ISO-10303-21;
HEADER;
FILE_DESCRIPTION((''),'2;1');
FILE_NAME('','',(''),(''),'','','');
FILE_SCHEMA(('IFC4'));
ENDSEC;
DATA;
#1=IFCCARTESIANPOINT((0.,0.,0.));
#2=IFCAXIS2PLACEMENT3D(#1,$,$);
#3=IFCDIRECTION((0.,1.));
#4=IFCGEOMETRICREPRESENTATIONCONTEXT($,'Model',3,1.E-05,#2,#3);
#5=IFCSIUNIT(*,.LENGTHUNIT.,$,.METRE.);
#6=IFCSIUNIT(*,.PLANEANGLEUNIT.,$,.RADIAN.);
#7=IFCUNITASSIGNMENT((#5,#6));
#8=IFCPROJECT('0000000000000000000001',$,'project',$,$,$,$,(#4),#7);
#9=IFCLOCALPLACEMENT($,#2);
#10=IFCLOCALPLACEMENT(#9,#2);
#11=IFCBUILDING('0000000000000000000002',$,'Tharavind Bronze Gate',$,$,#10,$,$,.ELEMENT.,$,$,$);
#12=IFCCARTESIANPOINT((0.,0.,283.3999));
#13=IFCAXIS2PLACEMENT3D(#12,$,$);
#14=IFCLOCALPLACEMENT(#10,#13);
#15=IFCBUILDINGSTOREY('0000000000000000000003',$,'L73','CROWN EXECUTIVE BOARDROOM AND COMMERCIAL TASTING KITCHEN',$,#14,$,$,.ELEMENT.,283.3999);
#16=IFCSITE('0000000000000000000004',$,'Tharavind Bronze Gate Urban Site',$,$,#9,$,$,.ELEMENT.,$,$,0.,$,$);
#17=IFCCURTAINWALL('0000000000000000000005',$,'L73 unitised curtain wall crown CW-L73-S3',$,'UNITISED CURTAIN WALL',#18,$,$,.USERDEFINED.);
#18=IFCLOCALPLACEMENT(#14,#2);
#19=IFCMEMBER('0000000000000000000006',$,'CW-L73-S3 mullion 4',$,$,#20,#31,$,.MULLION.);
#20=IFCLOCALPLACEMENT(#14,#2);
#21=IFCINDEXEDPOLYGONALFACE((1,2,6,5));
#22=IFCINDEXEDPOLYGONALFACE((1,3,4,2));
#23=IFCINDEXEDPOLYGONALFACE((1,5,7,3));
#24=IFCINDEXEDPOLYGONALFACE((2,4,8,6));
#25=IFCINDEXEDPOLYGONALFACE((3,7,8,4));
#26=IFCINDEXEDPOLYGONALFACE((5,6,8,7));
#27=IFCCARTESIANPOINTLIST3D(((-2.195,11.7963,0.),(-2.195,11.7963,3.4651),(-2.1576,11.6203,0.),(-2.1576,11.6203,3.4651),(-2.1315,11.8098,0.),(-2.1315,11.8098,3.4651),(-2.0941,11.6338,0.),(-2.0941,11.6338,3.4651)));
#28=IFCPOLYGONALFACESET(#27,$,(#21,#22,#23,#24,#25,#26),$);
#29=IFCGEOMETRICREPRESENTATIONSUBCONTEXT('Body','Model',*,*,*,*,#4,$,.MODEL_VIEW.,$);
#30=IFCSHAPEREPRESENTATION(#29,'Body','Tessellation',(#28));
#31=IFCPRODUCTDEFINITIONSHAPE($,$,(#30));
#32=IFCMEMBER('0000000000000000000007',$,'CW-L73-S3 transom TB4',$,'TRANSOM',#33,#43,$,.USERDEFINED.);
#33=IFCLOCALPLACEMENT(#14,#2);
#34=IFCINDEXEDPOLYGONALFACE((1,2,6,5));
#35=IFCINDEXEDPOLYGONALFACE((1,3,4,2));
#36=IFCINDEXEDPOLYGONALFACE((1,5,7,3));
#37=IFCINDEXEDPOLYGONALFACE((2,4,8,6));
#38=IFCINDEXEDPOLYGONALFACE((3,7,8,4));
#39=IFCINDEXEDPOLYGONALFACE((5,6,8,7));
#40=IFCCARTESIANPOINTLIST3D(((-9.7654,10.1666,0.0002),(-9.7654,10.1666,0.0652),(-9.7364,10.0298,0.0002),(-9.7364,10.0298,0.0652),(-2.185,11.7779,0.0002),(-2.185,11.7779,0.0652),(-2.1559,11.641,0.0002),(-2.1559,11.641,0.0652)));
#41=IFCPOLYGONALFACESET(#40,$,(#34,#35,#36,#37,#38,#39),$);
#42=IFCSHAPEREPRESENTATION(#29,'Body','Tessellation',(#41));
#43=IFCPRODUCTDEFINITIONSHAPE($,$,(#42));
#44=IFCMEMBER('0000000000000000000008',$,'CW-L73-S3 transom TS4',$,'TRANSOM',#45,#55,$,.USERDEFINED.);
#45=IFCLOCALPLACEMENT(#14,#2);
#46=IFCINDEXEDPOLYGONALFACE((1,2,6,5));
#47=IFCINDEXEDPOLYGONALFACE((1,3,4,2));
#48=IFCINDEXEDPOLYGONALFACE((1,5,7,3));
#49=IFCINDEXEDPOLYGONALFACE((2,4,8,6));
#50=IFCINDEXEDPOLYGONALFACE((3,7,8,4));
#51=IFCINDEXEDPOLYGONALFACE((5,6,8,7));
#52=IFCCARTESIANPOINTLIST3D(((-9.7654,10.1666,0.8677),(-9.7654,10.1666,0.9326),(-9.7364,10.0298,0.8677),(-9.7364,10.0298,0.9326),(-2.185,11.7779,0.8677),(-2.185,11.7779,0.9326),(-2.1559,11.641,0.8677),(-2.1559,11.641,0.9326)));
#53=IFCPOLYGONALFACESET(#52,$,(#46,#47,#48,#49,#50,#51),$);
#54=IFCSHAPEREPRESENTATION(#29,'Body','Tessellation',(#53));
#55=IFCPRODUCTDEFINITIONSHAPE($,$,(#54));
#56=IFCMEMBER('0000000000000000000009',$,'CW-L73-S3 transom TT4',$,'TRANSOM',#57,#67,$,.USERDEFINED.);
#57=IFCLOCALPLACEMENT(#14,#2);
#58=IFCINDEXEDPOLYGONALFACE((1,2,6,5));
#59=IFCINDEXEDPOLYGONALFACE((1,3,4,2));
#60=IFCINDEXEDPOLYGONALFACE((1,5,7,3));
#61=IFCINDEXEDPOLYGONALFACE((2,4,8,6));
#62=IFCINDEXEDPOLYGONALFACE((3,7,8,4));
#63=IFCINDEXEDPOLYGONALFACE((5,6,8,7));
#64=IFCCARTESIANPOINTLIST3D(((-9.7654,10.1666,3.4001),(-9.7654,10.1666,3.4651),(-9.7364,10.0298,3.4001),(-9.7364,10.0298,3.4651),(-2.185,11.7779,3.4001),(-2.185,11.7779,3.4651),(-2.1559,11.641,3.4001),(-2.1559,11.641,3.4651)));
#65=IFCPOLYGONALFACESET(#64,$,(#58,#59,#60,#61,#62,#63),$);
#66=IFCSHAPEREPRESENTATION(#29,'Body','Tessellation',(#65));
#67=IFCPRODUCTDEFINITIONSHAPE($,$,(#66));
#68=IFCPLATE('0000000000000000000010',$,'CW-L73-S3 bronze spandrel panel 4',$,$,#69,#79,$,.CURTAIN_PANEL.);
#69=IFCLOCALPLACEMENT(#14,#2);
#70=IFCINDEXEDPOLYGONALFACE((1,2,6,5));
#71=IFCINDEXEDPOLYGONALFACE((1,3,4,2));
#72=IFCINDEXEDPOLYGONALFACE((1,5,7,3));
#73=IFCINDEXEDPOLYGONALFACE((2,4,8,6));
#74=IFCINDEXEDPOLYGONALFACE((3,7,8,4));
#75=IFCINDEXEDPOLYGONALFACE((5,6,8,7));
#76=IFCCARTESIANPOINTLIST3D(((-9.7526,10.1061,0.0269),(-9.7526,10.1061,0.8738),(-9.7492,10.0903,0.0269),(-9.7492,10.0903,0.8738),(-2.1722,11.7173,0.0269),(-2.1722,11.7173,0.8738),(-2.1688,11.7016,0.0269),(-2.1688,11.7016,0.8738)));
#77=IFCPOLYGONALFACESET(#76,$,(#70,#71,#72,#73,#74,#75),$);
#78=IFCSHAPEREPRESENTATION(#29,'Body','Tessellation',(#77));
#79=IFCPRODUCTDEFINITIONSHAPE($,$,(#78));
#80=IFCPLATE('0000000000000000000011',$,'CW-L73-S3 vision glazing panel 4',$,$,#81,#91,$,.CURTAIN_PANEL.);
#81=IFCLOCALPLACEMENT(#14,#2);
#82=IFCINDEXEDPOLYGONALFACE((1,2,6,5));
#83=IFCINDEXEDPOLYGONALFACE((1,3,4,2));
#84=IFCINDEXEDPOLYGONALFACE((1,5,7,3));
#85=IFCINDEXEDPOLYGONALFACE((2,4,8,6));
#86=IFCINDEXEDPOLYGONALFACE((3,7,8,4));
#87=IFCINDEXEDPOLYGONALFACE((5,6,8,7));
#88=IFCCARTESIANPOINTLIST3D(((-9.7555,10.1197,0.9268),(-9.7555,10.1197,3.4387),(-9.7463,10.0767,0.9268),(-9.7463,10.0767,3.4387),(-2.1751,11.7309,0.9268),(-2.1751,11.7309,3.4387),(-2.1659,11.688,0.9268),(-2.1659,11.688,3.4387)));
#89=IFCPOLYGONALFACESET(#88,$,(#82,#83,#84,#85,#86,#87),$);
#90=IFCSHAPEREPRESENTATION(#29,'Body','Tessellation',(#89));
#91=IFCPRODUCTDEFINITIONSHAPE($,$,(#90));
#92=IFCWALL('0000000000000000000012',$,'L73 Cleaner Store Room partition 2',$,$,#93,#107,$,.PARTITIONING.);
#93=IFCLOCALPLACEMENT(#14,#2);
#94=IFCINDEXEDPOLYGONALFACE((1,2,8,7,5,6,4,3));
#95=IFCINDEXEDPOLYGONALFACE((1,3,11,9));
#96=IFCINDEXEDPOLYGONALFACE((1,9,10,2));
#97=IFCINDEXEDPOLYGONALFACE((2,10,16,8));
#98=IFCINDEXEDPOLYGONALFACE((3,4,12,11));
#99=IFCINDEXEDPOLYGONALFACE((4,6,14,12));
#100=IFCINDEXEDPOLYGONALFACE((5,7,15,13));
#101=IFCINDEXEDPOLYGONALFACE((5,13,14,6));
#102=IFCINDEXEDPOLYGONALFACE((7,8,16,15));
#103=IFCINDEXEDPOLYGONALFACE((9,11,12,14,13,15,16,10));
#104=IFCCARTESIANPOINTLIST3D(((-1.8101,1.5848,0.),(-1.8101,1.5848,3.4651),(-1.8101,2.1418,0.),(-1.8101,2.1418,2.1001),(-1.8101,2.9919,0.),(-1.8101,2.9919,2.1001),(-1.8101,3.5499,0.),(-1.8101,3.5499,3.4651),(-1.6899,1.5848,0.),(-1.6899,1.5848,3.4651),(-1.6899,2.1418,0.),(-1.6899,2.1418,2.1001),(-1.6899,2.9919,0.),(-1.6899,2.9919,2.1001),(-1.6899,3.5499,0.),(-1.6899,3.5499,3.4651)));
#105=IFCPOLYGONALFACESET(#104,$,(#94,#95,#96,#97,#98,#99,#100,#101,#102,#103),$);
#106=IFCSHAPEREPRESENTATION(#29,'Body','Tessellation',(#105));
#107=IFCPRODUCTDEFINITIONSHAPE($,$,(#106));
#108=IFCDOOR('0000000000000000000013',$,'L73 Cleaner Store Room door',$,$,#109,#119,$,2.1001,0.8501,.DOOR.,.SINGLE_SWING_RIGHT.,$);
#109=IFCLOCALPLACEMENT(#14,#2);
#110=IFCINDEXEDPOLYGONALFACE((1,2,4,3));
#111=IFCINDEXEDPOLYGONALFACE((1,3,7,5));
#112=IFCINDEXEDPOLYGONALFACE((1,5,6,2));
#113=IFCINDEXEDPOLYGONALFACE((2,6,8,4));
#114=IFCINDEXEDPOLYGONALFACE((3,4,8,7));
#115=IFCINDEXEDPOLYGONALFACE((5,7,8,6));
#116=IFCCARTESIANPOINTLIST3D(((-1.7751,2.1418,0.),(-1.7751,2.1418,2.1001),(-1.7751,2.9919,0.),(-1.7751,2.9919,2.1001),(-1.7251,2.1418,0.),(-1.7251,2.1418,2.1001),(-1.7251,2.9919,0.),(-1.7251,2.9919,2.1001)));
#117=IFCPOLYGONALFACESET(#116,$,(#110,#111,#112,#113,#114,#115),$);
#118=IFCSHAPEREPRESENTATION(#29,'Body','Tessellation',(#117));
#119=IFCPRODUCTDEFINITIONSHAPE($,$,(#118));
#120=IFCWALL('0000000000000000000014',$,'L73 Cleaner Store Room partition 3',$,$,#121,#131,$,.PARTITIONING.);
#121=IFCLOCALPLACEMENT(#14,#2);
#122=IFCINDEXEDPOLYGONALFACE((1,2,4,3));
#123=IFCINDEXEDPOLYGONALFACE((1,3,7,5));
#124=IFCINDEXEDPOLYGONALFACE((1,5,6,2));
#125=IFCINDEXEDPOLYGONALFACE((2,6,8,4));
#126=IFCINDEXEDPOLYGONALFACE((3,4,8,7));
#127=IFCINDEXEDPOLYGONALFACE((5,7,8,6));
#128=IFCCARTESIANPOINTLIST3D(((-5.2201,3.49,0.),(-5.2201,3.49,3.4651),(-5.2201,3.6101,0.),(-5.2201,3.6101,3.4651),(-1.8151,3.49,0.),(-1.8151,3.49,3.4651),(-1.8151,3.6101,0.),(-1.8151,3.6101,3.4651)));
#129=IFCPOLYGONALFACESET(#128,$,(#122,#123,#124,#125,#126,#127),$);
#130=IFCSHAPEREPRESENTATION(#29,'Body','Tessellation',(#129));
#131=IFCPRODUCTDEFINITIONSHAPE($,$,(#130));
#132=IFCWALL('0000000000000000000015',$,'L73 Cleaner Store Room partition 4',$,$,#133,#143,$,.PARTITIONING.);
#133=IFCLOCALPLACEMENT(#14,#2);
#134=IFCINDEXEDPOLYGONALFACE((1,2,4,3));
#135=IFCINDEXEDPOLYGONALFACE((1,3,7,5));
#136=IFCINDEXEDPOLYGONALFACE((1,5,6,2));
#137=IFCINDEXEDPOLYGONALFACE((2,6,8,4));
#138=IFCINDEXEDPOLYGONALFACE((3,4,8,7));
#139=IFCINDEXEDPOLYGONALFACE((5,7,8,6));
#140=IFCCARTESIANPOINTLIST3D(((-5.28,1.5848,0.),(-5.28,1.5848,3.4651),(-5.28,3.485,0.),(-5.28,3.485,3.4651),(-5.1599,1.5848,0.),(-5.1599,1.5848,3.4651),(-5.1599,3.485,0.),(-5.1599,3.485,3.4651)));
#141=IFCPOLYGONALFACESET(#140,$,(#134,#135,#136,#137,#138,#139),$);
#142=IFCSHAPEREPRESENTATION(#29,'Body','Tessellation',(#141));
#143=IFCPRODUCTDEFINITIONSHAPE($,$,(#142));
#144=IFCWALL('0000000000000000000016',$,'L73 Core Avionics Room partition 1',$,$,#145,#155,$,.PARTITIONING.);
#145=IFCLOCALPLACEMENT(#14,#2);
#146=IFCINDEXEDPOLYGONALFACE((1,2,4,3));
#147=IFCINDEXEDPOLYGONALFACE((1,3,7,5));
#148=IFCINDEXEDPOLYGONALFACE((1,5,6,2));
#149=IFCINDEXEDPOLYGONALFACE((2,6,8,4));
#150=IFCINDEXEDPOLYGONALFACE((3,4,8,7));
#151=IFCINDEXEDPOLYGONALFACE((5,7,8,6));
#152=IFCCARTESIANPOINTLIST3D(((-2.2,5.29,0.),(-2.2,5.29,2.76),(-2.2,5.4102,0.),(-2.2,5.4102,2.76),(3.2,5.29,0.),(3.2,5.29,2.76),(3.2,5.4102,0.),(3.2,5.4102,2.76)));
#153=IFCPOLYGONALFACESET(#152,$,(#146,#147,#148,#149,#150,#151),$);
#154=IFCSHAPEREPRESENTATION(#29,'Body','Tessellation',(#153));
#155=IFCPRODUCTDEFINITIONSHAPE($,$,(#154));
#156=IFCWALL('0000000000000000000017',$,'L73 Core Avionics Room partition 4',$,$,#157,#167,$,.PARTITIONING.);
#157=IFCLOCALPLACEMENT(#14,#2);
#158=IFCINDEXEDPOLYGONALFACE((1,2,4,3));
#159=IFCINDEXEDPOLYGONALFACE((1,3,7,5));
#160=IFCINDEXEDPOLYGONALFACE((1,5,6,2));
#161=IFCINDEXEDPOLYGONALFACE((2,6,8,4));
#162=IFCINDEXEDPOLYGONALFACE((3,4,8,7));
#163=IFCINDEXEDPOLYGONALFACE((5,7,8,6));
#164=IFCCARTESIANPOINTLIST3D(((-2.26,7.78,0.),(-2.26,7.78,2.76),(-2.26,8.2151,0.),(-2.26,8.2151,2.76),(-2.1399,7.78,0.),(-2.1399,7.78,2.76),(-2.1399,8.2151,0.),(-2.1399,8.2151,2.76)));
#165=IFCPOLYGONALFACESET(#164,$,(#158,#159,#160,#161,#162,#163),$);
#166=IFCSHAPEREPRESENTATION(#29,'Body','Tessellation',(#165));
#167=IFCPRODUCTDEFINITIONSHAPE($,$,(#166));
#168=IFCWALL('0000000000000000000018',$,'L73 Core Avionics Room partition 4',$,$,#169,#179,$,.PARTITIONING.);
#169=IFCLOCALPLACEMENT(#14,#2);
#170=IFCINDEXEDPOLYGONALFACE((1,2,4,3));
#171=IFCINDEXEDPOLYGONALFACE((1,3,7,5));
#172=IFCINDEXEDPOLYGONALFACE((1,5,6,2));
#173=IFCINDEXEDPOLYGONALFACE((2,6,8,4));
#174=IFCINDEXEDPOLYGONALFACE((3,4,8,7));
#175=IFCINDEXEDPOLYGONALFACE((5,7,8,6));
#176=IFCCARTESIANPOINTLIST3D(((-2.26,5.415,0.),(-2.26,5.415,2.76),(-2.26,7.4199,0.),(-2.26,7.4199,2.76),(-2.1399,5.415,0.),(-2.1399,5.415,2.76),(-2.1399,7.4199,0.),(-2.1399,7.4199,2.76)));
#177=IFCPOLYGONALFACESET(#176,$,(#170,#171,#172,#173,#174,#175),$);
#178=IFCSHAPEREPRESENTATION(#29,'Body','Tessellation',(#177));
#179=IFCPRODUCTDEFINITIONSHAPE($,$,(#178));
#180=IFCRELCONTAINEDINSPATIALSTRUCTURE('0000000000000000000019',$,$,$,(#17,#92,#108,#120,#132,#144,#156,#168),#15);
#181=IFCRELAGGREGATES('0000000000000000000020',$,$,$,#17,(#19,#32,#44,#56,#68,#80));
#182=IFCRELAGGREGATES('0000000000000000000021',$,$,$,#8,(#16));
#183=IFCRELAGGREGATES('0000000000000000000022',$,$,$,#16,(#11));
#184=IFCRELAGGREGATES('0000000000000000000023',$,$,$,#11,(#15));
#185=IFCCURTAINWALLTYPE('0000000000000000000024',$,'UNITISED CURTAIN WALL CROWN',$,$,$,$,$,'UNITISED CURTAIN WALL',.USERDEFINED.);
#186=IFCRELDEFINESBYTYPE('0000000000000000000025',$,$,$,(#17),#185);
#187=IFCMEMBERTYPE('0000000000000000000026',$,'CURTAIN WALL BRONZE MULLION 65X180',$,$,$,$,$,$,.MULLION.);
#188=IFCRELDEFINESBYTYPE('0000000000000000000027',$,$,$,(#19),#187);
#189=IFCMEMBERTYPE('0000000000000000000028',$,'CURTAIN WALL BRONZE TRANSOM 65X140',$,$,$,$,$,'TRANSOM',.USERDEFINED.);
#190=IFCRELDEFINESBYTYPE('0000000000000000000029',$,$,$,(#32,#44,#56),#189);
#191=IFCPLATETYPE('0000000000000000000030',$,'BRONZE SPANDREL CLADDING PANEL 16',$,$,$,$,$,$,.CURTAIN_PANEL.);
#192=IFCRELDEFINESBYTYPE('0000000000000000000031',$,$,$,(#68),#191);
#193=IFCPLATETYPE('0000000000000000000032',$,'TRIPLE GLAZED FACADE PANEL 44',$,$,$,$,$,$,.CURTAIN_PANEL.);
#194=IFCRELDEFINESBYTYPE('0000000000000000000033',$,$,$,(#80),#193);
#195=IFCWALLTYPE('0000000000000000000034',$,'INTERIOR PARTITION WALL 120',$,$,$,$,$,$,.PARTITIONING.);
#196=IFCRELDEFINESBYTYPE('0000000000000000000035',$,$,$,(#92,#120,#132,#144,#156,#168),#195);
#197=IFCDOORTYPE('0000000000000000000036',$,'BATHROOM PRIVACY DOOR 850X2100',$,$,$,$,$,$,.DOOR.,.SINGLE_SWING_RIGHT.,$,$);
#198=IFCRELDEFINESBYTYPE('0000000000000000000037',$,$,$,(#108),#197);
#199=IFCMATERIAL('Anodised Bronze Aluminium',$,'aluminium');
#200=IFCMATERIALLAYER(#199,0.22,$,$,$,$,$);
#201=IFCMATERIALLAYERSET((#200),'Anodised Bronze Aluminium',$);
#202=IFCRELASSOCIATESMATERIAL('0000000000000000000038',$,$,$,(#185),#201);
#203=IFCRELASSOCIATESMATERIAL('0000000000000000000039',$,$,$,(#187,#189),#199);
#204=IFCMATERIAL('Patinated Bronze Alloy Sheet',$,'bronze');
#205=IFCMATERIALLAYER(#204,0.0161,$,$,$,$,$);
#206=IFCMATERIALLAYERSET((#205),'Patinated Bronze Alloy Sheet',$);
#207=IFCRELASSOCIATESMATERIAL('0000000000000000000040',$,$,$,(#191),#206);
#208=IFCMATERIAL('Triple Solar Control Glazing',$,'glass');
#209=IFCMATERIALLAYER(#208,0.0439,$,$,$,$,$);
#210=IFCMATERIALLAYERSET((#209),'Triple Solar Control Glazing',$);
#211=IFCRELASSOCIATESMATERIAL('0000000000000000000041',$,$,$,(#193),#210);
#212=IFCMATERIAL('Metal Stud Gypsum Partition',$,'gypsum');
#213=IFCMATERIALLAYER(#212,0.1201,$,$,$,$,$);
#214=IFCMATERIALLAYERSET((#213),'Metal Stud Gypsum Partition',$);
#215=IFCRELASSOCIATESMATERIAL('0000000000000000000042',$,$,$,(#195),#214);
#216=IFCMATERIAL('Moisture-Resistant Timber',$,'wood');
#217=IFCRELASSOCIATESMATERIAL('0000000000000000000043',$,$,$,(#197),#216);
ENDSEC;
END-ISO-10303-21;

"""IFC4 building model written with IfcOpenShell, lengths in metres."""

from ifc_helpers import new_model, si_unit, direction, frame, frame_2d, origin, origin_2d, place, context, subcontext, project, spatial, rectangle, extrude, material, layer, layer_set, type_object, element, fill, aggregate, save


model = new_model("IFC4")

# Units and contexts
model_context = context("Model", 3, precision=1e-05, world=origin(), true_north=direction((0.0, 1.0)))
body_context = subcontext(model_context, "Body", "Model", "MODEL_VIEW")
ifc_project = project(units=[si_unit("LENGTHUNIT", "METRE"), si_unit("PLANEANGLEUNIT", "RADIAN")], contexts=[model_context])

# Site, building, storey
site_placement = place(None, origin())
site = spatial("IfcSite", under=ifc_project, at=site_placement, Name="Tharavind Bronze Gate Urban Site", CompositionType="ELEMENT", RefElevation=0.0)
building_placement = place(site_placement, origin())
building = spatial("IfcBuilding", under=site, at=building_placement, Name="Tharavind Bronze Gate", CompositionType="ELEMENT")
storey_placement = place(building_placement, frame((0.0, 0.0, 283.3999)))
storey = spatial("IfcBuildingStorey", under=building, at=storey_placement, Name="L73", Description="CROWN EXECUTIVE BOARDROOM AND COMMERCIAL TASTING KITCHEN", CompositionType="ELEMENT", Elevation=283.3999)

# Curtain wall, members, plates
ifc_material_1 = material(Name="Anodised Bronze Aluminium", Category="aluminium")
ifc_layer_1 = layer(ifc_material_1, 0.22)
ifc_layer_set_1 = layer_set([ifc_layer_1], Name="Anodised Bronze Aluminium")
curtain_wall_type = type_object("IfcCurtainWallType", Name="UNITISED CURTAIN WALL CROWN", ElementType="UNITISED CURTAIN WALL", PredefinedType="USERDEFINED", material=ifc_layer_set_1)
curtain_wall_placement = place(storey_placement, origin())
curtain_wall = element("IfcCurtainWall", 1, at=curtain_wall_placement, inside=storey, type_object=curtain_wall_type, Name="L73 unitised curtain wall crown CW-L73-S3", ObjectType="UNITISED CURTAIN WALL", PredefinedType="USERDEFINED")
member_type_1 = type_object("IfcMemberType", Name="CURTAIN WALL BRONZE MULLION 65X180", PredefinedType="MULLION", material=ifc_material_1)
member_1_placement = place(storey_placement, frame((-2.1445, 11.7151, 0.0), z_axis=(0.0, 0.0, 1.0), x_axis=(-0.978147, -0.207913, 0.0)))
member_1 = element("IfcMember", 2, at=member_1_placement, type_object=member_type_1, Name="CW-L73-S3 mullion 4", PredefinedType="MULLION", context=body_context, shape_type="SweptSolid", body=[
    extrude(rectangle(XDim=0.0649, YDim=0.1799, at=origin_2d()), origin(), (0.0, 0.0, 1.0), 3.4651),
])
member_type_2 = type_object("IfcMemberType", Name="CURTAIN WALL BRONZE TRANSOM 65X140", ElementType="TRANSOM", PredefinedType="USERDEFINED", material=ifc_material_1)
member_2_placement = place(storey_placement, frame((-5.9607, 10.9038, 0.0002), z_axis=(0.0, 0.0, 1.0), x_axis=(-0.978147, -0.207913, 0.0)))
member_2 = element("IfcMember", 3, at=member_2_placement, type_object=member_type_2, Name="CW-L73-S3 transom TB4", ObjectType="TRANSOM", PredefinedType="USERDEFINED", context=body_context, shape_type="SweptSolid", body=[
    extrude(rectangle(XDim=7.7498, YDim=0.1399, at=origin_2d()), origin(), (0.0, 0.0, 1.0), 0.0649),
])
member_3_placement = place(storey_placement, frame((-5.9607, 10.9038, 0.8677), z_axis=(0.0, 0.0, 1.0), x_axis=(-0.978147, -0.207913, 0.0)))
member_3 = element("IfcMember", 4, at=member_3_placement, type_object=member_type_2, Name="CW-L73-S3 transom TS4", ObjectType="TRANSOM", PredefinedType="USERDEFINED", context=body_context, shape_type="SweptSolid", body=[
    extrude(rectangle(XDim=7.7498, YDim=0.1399, at=origin_2d()), origin(), (0.0, 0.0, 1.0), 0.0649),
])
member_4_placement = place(storey_placement, frame((-5.9607, 10.9038, 3.4001), z_axis=(0.0, 0.0, 1.0), x_axis=(-0.978147, -0.207913, 0.0)))
member_4 = element("IfcMember", 5, at=member_4_placement, type_object=member_type_2, Name="CW-L73-S3 transom TT4", ObjectType="TRANSOM", PredefinedType="USERDEFINED", context=body_context, shape_type="SweptSolid", body=[
    extrude(rectangle(XDim=7.7498, YDim=0.1399, at=origin_2d()), origin(), (0.0, 0.0, 1.0), 0.0649),
])
ifc_material_2 = material(Name="Patinated Bronze Alloy Sheet", Category="bronze")
ifc_layer_2 = layer(ifc_material_2, 0.0161)
ifc_layer_set_2 = layer_set([ifc_layer_2], Name="Patinated Bronze Alloy Sheet")
plate_type_1 = type_object("IfcPlateType", Name="BRONZE SPANDREL CLADDING PANEL 16", PredefinedType="CURTAIN_PANEL", material=ifc_layer_set_2)
plate_1_placement = place(storey_placement, frame((-5.9607, 10.9038, 0.0269), z_axis=(0.0, 0.0, 1.0), x_axis=(-0.978147, -0.207913, 0.0)))
plate_1 = element("IfcPlate", 6, at=plate_1_placement, type_object=plate_type_1, Name="CW-L73-S3 bronze spandrel panel 4", PredefinedType="CURTAIN_PANEL", context=body_context, shape_type="SweptSolid", body=[
    extrude(rectangle(XDim=7.7498, YDim=0.0161, at=origin_2d()), origin(), (0.0, 0.0, 1.0), 0.8469),
])
ifc_material_3 = material(Name="Triple Solar Control Glazing", Category="glass")
ifc_layer_3 = layer(ifc_material_3, 0.0439)
ifc_layer_set_3 = layer_set([ifc_layer_3], Name="Triple Solar Control Glazing")
plate_type_2 = type_object("IfcPlateType", Name="TRIPLE GLAZED FACADE PANEL 44", PredefinedType="CURTAIN_PANEL", material=ifc_layer_set_3)
plate_2_placement = place(storey_placement, frame((-5.9607, 10.9038, 0.9268), z_axis=(0.0, 0.0, 1.0), x_axis=(-0.978147, -0.207913, 0.0)))
plate_2 = element("IfcPlate", 7, at=plate_2_placement, type_object=plate_type_2, Name="CW-L73-S3 vision glazing panel 4", PredefinedType="CURTAIN_PANEL", context=body_context, shape_type="SweptSolid", body=[
    extrude(rectangle(XDim=7.7498, YDim=0.0439, at=origin_2d()), origin(), (0.0, 0.0, 1.0), 2.512),
])
aggregate(curtain_wall, [member_1, member_2, member_3, member_4, plate_1, plate_2])

# Wall, opening, door
ifc_material_4 = material(Name="Metal Stud Gypsum Partition", Category="gypsum")
ifc_layer_4 = layer(ifc_material_4, 0.1201)
ifc_layer_set_4 = layer_set([ifc_layer_4], Name="Metal Stud Gypsum Partition")
wall_type_1 = type_object("IfcWallType", Name="INTERIOR PARTITION WALL 120", PredefinedType="PARTITIONING", material=ifc_layer_set_4)
wall_1_placement = place(storey_placement, frame((-1.75, 1.585, 0.0), z_axis=(0.0, 0.0, 1.0), x_axis=(0.0, 1.0, 0.0)))
wall_1 = element("IfcWall", 8, at=wall_1_placement, inside=storey, type_object=wall_type_1, Name="L73 Cleaner Store Room partition 2", PredefinedType="PARTITIONING", context=body_context, shape_type="SweptSolid", body=[
    extrude(rectangle(XDim=1.9651, YDim=0.1201, at=frame_2d((0.9824, 0.0))), origin(), (0.0, 0.0, 1.0), 3.4651),
])
opening_1_placement = place(wall_1_placement, frame((0.5569, 0.0, 0.0)))
opening_1 = element("IfcOpeningElement", 9, at=opening_1_placement, cuts=wall_1, PredefinedType="OPENING", context=body_context, shape_type="SweptSolid", body=[
    extrude(rectangle(XDim=0.8501, YDim=2.1001, at=frame_2d((0.425, 1.05))), frame((0.0, 0.0701, 0.0), z_axis=(0.0, -1.0, 0.0), x_axis=(1.0, 0.0, 0.0)), (0.0, 0.0, 1.0), 0.1401),
])
ifc_material_5 = material(Name="Moisture-Resistant Timber", Category="wood")
door_type_1 = type_object("IfcDoorType", Name="BATHROOM PRIVACY DOOR 850X2100", OperationType="SINGLE_SWING_RIGHT", PredefinedType="DOOR", material=ifc_material_5)
door_1_placement = place(opening_1_placement, frame((0.8501, 0.0, 0.0), z_axis=(0.0, 0.0, 1.0), x_axis=(-1.0, 0.0, 0.0)))
door_1 = element("IfcDoor", 10, at=door_1_placement, inside=storey, type_object=door_type_1, Name="L73 Cleaner Store Room door", OperationType="SINGLE_SWING_RIGHT", OverallHeight=2.1001, OverallWidth=0.8501, PredefinedType="DOOR", context=body_context, shape_type="SweptSolid", body=[
    extrude(rectangle(XDim=0.8501, YDim=2.1001, at=frame_2d((0.425, 1.05))), frame((0.0, 0.0249, 0.0), z_axis=(0.0, -1.0, 0.0), x_axis=(1.0, 0.0, 0.0)), (0.0, 0.0, 1.0), 0.05),
])
fill(opening_1, door_1)

# Walls
wall_2_placement = place(storey_placement, frame((-1.8149, 3.55, 0.0), z_axis=(0.0, 0.0, 1.0), x_axis=(-1.0, 0.0, 0.0)))
element("IfcWall", 11, at=wall_2_placement, inside=storey, type_object=wall_type_1, Name="L73 Cleaner Store Room partition 3", PredefinedType="PARTITIONING", context=body_context, shape_type="SweptSolid", body=[
    extrude(rectangle(XDim=3.405, YDim=0.1201, at=frame_2d((1.7026, 0.0))), origin(), (0.0, 0.0, 1.0), 3.4651),
])
wall_3_placement = place(storey_placement, frame((-5.22, 3.4851, 0.0), z_axis=(0.0, 0.0, 1.0), x_axis=(0.0, -1.0, 0.0)))
element("IfcWall", 12, at=wall_3_placement, inside=storey, type_object=wall_type_1, Name="L73 Cleaner Store Room partition 4", PredefinedType="PARTITIONING", context=body_context, shape_type="SweptSolid", body=[
    extrude(rectangle(XDim=1.9001, YDim=0.1201, at=frame_2d((0.9502, 0.0))), origin(), (0.0, 0.0, 1.0), 3.4651),
])
wall_4_placement = place(storey_placement, frame((-2.2, 5.3501, 0.0), z_axis=(0.0, 0.0, 1.0), x_axis=(1.0, 0.0, 0.0)))
element("IfcWall", 13, at=wall_4_placement, inside=storey, type_object=wall_type_1, Name="L73 Core Avionics Room partition 1", PredefinedType="PARTITIONING", context=body_context, shape_type="SweptSolid", body=[
    extrude(rectangle(XDim=5.3999, YDim=0.1201, at=frame_2d((2.7, 0.0))), origin(), (0.0, 0.0, 1.0), 2.76),
])
wall_5_placement = place(storey_placement, frame((-2.2, 8.2151, 0.0), z_axis=(0.0, 0.0, 1.0), x_axis=(0.0, -1.0, 0.0)))
element("IfcWall", 14, at=wall_5_placement, inside=storey, type_object=wall_type_1, Name="L73 Core Avionics Room partition 4", PredefinedType="PARTITIONING", context=body_context, shape_type="SweptSolid", body=[
    extrude(rectangle(XDim=0.4351, YDim=0.1201, at=frame_2d((0.2175, 0.0))), origin(), (0.0, 0.0, 1.0), 2.76),
])
wall_6_placement = place(storey_placement, frame((-2.2, 7.4199, 0.0), z_axis=(0.0, 0.0, 1.0), x_axis=(0.0, -1.0, 0.0)))
element("IfcWall", 15, at=wall_6_placement, inside=storey, type_object=wall_type_1, Name="L73 Core Avionics Room partition 4", PredefinedType="PARTITIONING", context=body_context, shape_type="SweptSolid", body=[
    extrude(rectangle(XDim=2.0049, YDim=0.1201, at=frame_2d((1.0024, 0.0))), origin(), (0.0, 0.0, 1.0), 2.76),
])

save(model, "model.ifc")
